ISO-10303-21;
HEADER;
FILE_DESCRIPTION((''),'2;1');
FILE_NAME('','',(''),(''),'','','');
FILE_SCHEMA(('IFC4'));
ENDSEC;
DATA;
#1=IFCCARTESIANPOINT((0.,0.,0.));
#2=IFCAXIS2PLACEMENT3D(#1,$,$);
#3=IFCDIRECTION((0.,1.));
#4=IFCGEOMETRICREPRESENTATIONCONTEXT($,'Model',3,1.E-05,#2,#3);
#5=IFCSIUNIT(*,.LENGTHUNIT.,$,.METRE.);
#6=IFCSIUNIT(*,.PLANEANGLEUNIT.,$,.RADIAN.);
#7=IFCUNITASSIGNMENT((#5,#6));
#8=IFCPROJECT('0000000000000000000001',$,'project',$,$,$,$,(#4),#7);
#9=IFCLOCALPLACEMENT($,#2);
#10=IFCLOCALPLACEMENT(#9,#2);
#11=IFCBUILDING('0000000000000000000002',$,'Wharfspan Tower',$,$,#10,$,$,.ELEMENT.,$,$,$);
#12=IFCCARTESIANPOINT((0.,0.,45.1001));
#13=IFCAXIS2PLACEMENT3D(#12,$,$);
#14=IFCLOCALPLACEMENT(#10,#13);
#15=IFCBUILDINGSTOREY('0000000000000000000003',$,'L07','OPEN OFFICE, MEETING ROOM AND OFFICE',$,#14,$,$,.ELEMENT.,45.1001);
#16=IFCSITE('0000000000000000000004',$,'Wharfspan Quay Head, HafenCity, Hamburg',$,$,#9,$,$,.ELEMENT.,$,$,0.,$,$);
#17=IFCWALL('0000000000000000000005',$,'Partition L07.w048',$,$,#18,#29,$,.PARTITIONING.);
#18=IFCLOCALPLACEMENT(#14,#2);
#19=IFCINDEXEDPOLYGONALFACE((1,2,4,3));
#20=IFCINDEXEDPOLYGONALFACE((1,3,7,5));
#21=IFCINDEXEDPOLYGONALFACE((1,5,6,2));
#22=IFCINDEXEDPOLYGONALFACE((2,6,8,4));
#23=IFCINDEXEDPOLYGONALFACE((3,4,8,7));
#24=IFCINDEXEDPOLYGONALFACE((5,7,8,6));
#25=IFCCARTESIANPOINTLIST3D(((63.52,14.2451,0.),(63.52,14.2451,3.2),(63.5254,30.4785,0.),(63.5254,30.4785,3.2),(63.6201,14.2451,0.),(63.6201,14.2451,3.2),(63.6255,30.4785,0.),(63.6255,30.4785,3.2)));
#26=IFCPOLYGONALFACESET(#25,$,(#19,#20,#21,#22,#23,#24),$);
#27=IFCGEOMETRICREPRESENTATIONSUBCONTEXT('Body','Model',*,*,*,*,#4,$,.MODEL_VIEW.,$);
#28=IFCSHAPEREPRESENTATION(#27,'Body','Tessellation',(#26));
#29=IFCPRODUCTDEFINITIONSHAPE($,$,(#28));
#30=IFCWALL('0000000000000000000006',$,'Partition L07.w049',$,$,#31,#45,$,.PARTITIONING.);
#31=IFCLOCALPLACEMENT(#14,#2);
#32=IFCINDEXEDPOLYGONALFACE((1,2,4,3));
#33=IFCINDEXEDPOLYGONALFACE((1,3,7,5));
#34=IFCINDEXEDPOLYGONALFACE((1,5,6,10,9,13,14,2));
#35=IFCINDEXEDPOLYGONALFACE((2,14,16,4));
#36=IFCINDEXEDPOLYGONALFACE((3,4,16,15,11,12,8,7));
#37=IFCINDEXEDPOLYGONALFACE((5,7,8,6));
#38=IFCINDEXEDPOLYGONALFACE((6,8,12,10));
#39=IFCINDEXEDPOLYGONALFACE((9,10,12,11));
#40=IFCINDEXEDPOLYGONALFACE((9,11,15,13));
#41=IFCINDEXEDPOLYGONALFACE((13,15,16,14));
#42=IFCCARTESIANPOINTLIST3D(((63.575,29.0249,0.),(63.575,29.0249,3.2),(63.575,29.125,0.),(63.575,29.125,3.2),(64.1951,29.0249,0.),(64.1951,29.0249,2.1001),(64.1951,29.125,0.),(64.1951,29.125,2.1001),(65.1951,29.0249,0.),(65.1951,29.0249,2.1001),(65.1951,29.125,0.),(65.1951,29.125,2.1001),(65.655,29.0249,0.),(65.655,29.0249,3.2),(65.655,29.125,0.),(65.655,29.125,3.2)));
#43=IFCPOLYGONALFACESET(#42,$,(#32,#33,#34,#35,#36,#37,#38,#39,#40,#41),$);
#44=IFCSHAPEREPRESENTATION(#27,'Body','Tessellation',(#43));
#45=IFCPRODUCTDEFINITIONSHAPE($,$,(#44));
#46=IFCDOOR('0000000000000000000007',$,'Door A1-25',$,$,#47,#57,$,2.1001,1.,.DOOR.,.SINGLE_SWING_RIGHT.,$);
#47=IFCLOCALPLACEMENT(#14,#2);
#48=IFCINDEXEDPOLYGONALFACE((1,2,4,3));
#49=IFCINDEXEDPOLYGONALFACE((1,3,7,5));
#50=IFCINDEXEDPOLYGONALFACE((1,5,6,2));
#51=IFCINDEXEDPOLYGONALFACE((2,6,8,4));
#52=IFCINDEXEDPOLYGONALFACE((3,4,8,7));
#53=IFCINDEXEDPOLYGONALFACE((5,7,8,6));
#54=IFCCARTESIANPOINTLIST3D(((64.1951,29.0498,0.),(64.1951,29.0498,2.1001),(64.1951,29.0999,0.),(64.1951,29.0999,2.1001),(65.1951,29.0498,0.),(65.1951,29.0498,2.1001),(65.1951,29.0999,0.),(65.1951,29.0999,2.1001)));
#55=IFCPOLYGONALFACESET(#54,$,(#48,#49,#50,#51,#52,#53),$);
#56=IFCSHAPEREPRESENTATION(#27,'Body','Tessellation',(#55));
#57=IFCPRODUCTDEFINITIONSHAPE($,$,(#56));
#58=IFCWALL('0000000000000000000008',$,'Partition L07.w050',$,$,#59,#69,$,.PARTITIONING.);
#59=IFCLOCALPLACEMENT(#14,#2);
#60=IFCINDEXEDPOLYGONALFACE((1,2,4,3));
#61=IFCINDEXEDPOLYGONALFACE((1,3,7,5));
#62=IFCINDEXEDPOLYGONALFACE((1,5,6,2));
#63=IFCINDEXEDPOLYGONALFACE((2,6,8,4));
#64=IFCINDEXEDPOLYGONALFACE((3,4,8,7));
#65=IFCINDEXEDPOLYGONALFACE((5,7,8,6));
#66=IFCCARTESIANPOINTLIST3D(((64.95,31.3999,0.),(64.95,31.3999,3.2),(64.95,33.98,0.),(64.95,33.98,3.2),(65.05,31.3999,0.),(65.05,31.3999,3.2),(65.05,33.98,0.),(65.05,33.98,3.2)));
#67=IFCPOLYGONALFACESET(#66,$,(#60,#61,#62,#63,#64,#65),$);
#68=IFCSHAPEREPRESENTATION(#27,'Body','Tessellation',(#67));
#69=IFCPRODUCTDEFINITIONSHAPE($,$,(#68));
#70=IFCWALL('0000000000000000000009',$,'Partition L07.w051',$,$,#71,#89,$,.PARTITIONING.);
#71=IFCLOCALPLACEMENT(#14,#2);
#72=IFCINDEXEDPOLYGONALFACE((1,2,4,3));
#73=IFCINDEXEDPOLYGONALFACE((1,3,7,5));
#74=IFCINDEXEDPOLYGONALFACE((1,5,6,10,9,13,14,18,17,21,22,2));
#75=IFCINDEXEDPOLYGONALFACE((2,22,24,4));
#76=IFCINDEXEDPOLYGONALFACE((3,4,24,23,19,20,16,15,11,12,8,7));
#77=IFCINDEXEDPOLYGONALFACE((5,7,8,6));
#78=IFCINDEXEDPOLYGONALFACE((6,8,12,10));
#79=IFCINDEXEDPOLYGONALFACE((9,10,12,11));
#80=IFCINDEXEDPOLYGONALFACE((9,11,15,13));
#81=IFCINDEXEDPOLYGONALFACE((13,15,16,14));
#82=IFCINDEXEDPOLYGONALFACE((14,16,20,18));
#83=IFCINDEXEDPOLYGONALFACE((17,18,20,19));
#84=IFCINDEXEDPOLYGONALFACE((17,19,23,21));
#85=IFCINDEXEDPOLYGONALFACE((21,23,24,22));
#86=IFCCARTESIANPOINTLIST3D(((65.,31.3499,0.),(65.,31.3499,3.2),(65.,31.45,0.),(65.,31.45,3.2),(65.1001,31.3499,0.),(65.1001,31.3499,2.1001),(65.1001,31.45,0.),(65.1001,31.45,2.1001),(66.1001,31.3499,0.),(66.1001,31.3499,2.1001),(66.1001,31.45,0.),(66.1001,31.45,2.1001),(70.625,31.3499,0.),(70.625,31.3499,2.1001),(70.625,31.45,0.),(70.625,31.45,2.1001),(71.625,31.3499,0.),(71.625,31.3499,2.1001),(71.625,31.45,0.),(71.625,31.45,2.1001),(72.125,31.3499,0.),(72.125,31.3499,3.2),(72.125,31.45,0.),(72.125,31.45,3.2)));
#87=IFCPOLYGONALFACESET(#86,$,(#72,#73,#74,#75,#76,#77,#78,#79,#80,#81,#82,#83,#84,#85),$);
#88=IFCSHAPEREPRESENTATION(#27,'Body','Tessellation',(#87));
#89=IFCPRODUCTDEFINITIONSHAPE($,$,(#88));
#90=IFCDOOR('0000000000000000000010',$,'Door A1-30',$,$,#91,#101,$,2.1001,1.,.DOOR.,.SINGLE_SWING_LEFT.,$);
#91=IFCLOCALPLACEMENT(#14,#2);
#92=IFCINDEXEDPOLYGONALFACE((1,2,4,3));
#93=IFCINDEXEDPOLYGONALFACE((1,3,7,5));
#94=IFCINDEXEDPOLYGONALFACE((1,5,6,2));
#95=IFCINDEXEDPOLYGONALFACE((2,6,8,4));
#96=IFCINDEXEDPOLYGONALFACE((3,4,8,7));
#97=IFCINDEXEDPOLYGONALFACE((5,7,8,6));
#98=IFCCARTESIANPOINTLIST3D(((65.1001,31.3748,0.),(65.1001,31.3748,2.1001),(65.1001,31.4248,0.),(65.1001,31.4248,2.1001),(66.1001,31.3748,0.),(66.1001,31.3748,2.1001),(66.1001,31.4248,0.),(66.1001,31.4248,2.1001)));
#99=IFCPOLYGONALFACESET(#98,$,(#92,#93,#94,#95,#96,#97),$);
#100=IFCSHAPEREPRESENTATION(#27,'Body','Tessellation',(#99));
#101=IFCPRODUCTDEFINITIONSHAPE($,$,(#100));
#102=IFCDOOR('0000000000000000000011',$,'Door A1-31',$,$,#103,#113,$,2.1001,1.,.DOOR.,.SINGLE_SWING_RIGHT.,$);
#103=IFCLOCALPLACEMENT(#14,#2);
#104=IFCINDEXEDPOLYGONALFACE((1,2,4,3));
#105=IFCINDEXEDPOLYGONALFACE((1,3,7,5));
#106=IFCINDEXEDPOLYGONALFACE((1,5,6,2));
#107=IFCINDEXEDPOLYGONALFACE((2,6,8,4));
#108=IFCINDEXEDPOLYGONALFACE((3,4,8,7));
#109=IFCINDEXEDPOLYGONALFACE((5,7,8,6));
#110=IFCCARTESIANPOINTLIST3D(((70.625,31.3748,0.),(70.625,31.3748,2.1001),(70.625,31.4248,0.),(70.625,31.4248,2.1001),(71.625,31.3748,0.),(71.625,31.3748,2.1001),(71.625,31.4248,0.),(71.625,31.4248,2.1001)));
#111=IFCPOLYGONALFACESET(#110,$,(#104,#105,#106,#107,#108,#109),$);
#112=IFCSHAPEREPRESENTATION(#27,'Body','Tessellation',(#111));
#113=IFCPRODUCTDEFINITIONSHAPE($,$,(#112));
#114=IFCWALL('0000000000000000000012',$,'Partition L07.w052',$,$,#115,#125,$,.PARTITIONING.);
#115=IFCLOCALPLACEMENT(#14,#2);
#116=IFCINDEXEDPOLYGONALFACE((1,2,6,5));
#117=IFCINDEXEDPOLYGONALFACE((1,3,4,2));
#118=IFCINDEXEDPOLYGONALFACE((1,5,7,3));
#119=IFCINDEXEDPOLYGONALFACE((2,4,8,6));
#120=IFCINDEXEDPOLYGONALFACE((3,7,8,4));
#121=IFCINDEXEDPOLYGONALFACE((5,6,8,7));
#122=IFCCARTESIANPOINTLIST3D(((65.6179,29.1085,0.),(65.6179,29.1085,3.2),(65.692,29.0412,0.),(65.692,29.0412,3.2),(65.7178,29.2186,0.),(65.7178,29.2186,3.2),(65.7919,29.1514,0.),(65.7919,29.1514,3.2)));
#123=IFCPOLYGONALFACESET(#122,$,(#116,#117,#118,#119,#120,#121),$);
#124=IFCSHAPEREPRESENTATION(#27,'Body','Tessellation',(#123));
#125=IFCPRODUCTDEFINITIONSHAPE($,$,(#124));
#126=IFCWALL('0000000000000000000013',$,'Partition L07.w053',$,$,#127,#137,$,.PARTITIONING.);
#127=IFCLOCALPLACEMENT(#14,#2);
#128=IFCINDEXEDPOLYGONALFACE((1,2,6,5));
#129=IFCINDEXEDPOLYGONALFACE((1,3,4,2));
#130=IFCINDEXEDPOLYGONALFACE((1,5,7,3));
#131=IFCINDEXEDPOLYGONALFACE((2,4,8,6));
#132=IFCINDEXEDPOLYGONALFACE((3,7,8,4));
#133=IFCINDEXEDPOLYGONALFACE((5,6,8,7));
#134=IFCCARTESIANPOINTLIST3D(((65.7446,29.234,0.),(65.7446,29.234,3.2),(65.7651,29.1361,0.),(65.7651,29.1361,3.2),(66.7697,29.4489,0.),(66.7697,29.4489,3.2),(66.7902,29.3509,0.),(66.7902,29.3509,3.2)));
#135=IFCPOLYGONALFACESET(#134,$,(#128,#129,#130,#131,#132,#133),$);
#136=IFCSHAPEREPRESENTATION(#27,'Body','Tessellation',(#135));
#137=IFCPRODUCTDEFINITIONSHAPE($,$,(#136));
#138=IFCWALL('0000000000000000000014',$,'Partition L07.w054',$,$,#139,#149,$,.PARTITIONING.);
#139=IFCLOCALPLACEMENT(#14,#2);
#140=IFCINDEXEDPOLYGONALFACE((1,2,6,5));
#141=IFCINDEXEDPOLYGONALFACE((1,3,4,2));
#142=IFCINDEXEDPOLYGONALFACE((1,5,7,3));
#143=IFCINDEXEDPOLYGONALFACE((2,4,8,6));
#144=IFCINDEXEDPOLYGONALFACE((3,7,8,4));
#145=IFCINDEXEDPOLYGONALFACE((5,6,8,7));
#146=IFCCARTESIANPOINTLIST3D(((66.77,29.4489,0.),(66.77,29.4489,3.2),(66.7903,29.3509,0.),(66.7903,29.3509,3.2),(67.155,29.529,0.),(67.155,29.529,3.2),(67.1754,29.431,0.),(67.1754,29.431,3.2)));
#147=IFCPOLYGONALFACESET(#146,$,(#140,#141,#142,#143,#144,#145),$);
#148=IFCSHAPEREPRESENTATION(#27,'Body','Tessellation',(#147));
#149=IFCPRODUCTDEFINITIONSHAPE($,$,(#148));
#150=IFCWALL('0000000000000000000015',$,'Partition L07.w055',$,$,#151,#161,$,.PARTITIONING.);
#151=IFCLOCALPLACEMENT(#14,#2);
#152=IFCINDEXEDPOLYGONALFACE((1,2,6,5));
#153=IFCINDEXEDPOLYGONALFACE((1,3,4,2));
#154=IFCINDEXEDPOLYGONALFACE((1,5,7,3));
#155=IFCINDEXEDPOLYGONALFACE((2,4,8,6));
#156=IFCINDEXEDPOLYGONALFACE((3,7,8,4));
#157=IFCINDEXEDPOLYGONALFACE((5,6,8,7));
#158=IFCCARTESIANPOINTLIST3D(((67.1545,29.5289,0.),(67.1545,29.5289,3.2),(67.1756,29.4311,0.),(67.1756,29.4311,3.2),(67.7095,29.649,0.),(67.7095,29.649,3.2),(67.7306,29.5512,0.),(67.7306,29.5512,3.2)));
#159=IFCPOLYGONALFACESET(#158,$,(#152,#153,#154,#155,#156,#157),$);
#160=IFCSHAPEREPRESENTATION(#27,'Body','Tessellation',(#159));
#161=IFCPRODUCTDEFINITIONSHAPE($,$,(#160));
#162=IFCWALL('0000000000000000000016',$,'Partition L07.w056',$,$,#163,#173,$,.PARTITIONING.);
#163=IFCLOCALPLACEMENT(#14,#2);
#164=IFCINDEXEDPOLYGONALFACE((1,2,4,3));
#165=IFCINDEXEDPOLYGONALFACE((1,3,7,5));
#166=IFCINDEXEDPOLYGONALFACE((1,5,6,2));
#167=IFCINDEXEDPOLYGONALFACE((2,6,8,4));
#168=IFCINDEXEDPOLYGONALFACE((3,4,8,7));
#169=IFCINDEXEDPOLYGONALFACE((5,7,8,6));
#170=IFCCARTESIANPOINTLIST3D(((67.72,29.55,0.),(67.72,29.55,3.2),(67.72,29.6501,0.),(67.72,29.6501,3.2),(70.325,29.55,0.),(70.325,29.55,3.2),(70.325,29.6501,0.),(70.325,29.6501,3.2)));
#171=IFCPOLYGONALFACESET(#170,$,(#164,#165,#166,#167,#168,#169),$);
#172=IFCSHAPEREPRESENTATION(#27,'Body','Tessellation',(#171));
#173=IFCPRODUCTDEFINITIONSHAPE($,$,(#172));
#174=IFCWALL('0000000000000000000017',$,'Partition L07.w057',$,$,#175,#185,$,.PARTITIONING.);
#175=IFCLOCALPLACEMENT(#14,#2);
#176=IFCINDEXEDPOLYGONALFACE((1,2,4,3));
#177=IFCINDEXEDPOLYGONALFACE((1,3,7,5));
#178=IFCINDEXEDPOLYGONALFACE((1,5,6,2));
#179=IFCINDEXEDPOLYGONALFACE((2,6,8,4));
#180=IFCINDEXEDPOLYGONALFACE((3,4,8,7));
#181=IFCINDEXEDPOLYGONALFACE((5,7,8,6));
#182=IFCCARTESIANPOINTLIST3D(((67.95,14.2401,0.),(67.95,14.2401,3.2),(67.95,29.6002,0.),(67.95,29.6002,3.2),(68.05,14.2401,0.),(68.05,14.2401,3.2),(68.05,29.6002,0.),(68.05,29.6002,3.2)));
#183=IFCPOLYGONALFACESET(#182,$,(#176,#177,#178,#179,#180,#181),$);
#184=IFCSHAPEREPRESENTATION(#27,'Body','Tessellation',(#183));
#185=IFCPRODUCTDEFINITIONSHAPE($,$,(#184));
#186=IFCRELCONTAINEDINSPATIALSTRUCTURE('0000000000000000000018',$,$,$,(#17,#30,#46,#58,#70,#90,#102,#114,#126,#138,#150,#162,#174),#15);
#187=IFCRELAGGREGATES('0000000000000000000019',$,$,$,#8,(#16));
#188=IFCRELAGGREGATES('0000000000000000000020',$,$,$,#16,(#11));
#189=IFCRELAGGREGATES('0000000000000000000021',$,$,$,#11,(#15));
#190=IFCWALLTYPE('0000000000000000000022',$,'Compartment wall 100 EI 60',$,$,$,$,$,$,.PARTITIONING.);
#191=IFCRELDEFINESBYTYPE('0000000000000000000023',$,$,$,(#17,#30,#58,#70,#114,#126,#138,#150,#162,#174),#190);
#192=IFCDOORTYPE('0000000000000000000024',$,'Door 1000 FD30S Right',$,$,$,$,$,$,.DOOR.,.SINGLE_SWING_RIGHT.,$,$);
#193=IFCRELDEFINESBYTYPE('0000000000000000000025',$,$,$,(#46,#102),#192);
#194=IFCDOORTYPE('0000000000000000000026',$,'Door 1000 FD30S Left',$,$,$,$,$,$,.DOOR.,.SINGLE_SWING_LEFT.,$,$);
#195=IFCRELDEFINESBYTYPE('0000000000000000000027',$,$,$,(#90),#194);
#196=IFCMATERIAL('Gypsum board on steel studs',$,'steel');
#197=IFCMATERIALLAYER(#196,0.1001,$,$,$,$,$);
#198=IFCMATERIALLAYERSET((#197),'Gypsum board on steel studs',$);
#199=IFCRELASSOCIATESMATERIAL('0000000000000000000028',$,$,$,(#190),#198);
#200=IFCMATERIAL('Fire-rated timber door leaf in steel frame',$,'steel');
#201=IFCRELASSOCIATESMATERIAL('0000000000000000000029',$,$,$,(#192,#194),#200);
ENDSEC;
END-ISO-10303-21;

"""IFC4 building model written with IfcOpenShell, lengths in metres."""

from ifc_helpers import new_model, si_unit, direction, frame, frame_2d, origin, place, context, subcontext, project, spatial, rectangle, extrude, material, layer, layer_set, type_object, element, fill, save


model = new_model("IFC4")

# Units and contexts
model_context = context("Model", 3, precision=1e-05, world=origin(), true_north=direction((0.0, 1.0)))
body_context = subcontext(model_context, "Body", "Model", "MODEL_VIEW")
ifc_project = project(units=[si_unit("LENGTHUNIT", "METRE"), si_unit("PLANEANGLEUNIT", "RADIAN")], contexts=[model_context])

# Site, building, storey
site_placement = place(None, origin())
site = spatial("IfcSite", under=ifc_project, at=site_placement, Name="Wharfspan Quay Head, HafenCity, Hamburg", CompositionType="ELEMENT", RefElevation=0.0)
building_placement = place(site_placement, origin())
building = spatial("IfcBuilding", under=site, at=building_placement, Name="Wharfspan Tower", CompositionType="ELEMENT")
storey_placement = place(building_placement, frame((0.0, 0.0, 45.1001)))
storey = spatial("IfcBuildingStorey", under=building, at=storey_placement, Name="L07", Description="OPEN OFFICE, MEETING ROOM AND OFFICE", CompositionType="ELEMENT", Elevation=45.1001)

# Wall
ifc_material_1 = material(Name="Gypsum board on steel studs", Category="steel")
ifc_layer_1 = layer(ifc_material_1, 0.1001)
ifc_layer_set_1 = layer_set([ifc_layer_1], Name="Gypsum board on steel studs")
wall_type_1 = type_object("IfcWallType", Name="Compartment wall 100 EI 60", PredefinedType="PARTITIONING", material=ifc_layer_set_1)
wall_1_placement = place(storey_placement, frame((63.5701, 14.2451, 0.0), z_axis=(0.0, 0.0, 1.0), x_axis=(0.000331, 1.000002, 0.0)))
element("IfcWall", 1, at=wall_1_placement, inside=storey, type_object=wall_type_1, Name="Partition L07.w048", PredefinedType="PARTITIONING", context=body_context, shape_type="SweptSolid", body=[
    extrude(rectangle(XDim=16.2334, YDim=0.1001, at=frame_2d((8.1167, 0.0))), origin(), (0.0, 0.0, 1.0), 3.2),
])

# Wall, opening, door
wall_2_placement = place(storey_placement, frame((63.575, 29.075, 0.0), z_axis=(0.0, 0.0, 1.0), x_axis=(1.0, 0.0, 0.0)))
wall_2 = element("IfcWall", 2, at=wall_2_placement, inside=storey, type_object=wall_type_1, Name="Partition L07.w049", PredefinedType="PARTITIONING", context=body_context, shape_type="SweptSolid", body=[
    extrude(rectangle(XDim=2.0801, YDim=0.1001, at=frame_2d((1.04, 0.0))), origin(), (0.0, 0.0, 1.0), 3.2),
])
opening_1_placement = place(wall_2_placement, frame((0.6201, 0.0, 0.0)))
opening_1 = element("IfcOpeningElement", 3, at=opening_1_placement, cuts=wall_2, PredefinedType="OPENING", context=body_context, shape_type="SweptSolid", body=[
    extrude(rectangle(XDim=1.0, YDim=2.1001, at=frame_2d((0.5, 1.05))), frame((0.0, 0.0601, 0.0), z_axis=(0.0, -1.0, 0.0), x_axis=(1.0, 0.0, 0.0)), (0.0, 0.0, 1.0), 0.1201),
])
ifc_material_2 = material(Name="Fire-rated timber door leaf in steel frame", Category="steel")
door_type_1 = type_object("IfcDoorType", Name="Door 1000 FD30S Right", OperationType="SINGLE_SWING_RIGHT", PredefinedType="DOOR", material=ifc_material_2)
door_1_placement = place(opening_1_placement, origin())
door_1 = element("IfcDoor", 4, at=door_1_placement, inside=storey, type_object=door_type_1, Name="Door A1-25", OperationType="SINGLE_SWING_RIGHT", OverallHeight=2.1001, OverallWidth=1.0, PredefinedType="DOOR", context=body_context, shape_type="SweptSolid", body=[
    extrude(rectangle(XDim=1.0, YDim=2.1001, at=frame_2d((0.5, 1.05))), frame((0.0, 0.0249, 0.0), z_axis=(0.0, -1.0, 0.0), x_axis=(1.0, 0.0, 0.0)), (0.0, 0.0, 1.0), 0.05),
])
fill(opening_1, door_1)

# Wall
wall_3_placement = place(storey_placement, frame((65.0, 31.3999, 0.0), z_axis=(0.0, 0.0, 1.0), x_axis=(0.0, 1.0, 0.0)))
element("IfcWall", 5, at=wall_3_placement, inside=storey, type_object=wall_type_1, Name="Partition L07.w050", PredefinedType="PARTITIONING", context=body_context, shape_type="SweptSolid", body=[
    extrude(rectangle(XDim=2.5801, YDim=0.1001, at=frame_2d((1.29, 0.0))), origin(), (0.0, 0.0, 1.0), 3.2),
])

# Wall, openings, doors
wall_4_placement = place(storey_placement, frame((65.0, 31.3999, 0.0), z_axis=(0.0, 0.0, 1.0), x_axis=(1.0, 0.0, 0.0)))
wall_4 = element("IfcWall", 6, at=wall_4_placement, inside=storey, type_object=wall_type_1, Name="Partition L07.w051", PredefinedType="PARTITIONING", context=body_context, shape_type="SweptSolid", body=[
    extrude(rectangle(XDim=7.125, YDim=0.1001, at=frame_2d((3.5625, 0.0))), origin(), (0.0, 0.0, 1.0), 3.2),
])
opening_2_placement = place(wall_4_placement, frame((0.1001, 0.0, 0.0)))
opening_2 = element("IfcOpeningElement", 7, at=opening_2_placement, cuts=wall_4, PredefinedType="OPENING", context=body_context, shape_type="SweptSolid", body=[
    extrude(rectangle(XDim=1.0, YDim=2.1001, at=frame_2d((0.5, 1.05))), frame((0.0, 0.0601, 0.0), z_axis=(0.0, -1.0, 0.0), x_axis=(1.0, 0.0, 0.0)), (0.0, 0.0, 1.0), 0.1201),
])
opening_3_placement = place(wall_4_placement, frame((5.625, 0.0, 0.0)))
opening_3 = element("IfcOpeningElement", 8, at=opening_3_placement, cuts=wall_4, PredefinedType="OPENING", context=body_context, shape_type="SweptSolid", body=[
    extrude(rectangle(XDim=1.0, YDim=2.1001, at=frame_2d((0.5, 1.05))), frame((0.0, 0.0601, 0.0), z_axis=(0.0, -1.0, 0.0), x_axis=(1.0, 0.0, 0.0)), (0.0, 0.0, 1.0), 0.1201),
])
door_type_2 = type_object("IfcDoorType", Name="Door 1000 FD30S Left", OperationType="SINGLE_SWING_LEFT", PredefinedType="DOOR", material=ifc_material_2)
door_2_placement = place(opening_2_placement, origin())
door_2 = element("IfcDoor", 9, at=door_2_placement, inside=storey, type_object=door_type_2, Name="Door A1-30", OperationType="SINGLE_SWING_LEFT", OverallHeight=2.1001, OverallWidth=1.0, PredefinedType="DOOR", context=body_context, shape_type="SweptSolid", body=[
    extrude(rectangle(XDim=1.0, YDim=2.1001, at=frame_2d((0.5, 1.05))), frame((0.0, 0.0249, 0.0), z_axis=(0.0, -1.0, 0.0), x_axis=(1.0, 0.0, 0.0)), (0.0, 0.0, 1.0), 0.05),
])
fill(opening_2, door_2)
door_3_placement = place(opening_3_placement, origin())
door_3 = element("IfcDoor", 10, at=door_3_placement, inside=storey, type_object=door_type_1, Name="Door A1-31", OperationType="SINGLE_SWING_RIGHT", OverallHeight=2.1001, OverallWidth=1.0, PredefinedType="DOOR", context=body_context, shape_type="SweptSolid", body=[
    extrude(rectangle(XDim=1.0, YDim=2.1001, at=frame_2d((0.5, 1.05))), frame((0.0, 0.0249, 0.0), z_axis=(0.0, -1.0, 0.0), x_axis=(1.0, 0.0, 0.0)), (0.0, 0.0, 1.0), 0.05),
])
fill(opening_3, door_3)

# Walls
wall_5_placement = place(storey_placement, frame((65.655, 29.075, 0.0), z_axis=(0.0, 0.0, 1.0), x_axis=(0.671773, 0.740757, 0.0)))
element("IfcWall", 11, at=wall_5_placement, inside=storey, type_object=wall_type_1, Name="Partition L07.w052", PredefinedType="PARTITIONING", context=body_context, shape_type="SweptSolid", body=[
    extrude(rectangle(XDim=0.1487, YDim=0.1001, at=frame_2d((0.0742, 0.0))), origin(), (0.0, 0.0, 1.0), 3.2),
])
wall_6_placement = place(storey_placement, frame((65.7549, 29.1851, 0.0), z_axis=(0.0, 0.0, 1.0), x_axis=(0.978739, 0.205118, 0.0)))
element("IfcWall", 12, at=wall_6_placement, inside=storey, type_object=wall_type_1, Name="Partition L07.w053", PredefinedType="PARTITIONING", context=body_context, shape_type="SweptSolid", body=[
    extrude(rectangle(XDim=1.0474, YDim=0.1001, at=frame_2d((0.5237, 0.0))), origin(), (0.0, 0.0, 1.0), 3.2),
])
wall_7_placement = place(storey_placement, frame((66.78, 29.3999, 0.0), z_axis=(0.0, 0.0, 1.0), x_axis=(0.979048, 0.203632, 0.0)))
element("IfcWall", 13, at=wall_7_placement, inside=storey, type_object=wall_type_1, Name="Partition L07.w054", PredefinedType="PARTITIONING", context=body_context, shape_type="SweptSolid", body=[
    extrude(rectangle(XDim=0.3933, YDim=0.1001, at=frame_2d((0.1968, 0.0))), origin(), (0.0, 0.0, 1.0), 3.2),
])
wall_8_placement = place(storey_placement, frame((67.165, 29.48, 0.0), z_axis=(0.0, 0.0, 1.0), x_axis=(0.977367, 0.211555, 0.0)))
element("IfcWall", 14, at=wall_8_placement, inside=storey, type_object=wall_type_1, Name="Partition L07.w055", PredefinedType="PARTITIONING", context=body_context, shape_type="SweptSolid", body=[
    extrude(rectangle(XDim=0.5679, YDim=0.1001, at=frame_2d((0.2839, 0.0))), origin(), (0.0, 0.0, 1.0), 3.2),
])
wall_9_placement = place(storey_placement, frame((67.72, 29.6001, 0.0), z_axis=(0.0, 0.0, 1.0), x_axis=(1.0, 0.0, 0.0)))
element("IfcWall", 15, at=wall_9_placement, inside=storey, type_object=wall_type_1, Name="Partition L07.w056", PredefinedType="PARTITIONING", context=body_context, shape_type="SweptSolid", body=[
    extrude(rectangle(XDim=2.605, YDim=0.1001, at=frame_2d((1.3025, 0.0))), origin(), (0.0, 0.0, 1.0), 3.2),
])
wall_10_placement = place(storey_placement, frame((68.0, 14.24, 0.0), z_axis=(0.0, 0.0, 1.0), x_axis=(0.0, 1.0, 0.0)))
element("IfcWall", 16, at=wall_10_placement, inside=storey, type_object=wall_type_1, Name="Partition L07.w057", PredefinedType="PARTITIONING", context=body_context, shape_type="SweptSolid", body=[
    extrude(rectangle(XDim=15.3601, YDim=0.1001, at=frame_2d((7.6802, 0.0))), origin(), (0.0, 0.0, 1.0), 3.2),
])

save(model, "model.ifc")
